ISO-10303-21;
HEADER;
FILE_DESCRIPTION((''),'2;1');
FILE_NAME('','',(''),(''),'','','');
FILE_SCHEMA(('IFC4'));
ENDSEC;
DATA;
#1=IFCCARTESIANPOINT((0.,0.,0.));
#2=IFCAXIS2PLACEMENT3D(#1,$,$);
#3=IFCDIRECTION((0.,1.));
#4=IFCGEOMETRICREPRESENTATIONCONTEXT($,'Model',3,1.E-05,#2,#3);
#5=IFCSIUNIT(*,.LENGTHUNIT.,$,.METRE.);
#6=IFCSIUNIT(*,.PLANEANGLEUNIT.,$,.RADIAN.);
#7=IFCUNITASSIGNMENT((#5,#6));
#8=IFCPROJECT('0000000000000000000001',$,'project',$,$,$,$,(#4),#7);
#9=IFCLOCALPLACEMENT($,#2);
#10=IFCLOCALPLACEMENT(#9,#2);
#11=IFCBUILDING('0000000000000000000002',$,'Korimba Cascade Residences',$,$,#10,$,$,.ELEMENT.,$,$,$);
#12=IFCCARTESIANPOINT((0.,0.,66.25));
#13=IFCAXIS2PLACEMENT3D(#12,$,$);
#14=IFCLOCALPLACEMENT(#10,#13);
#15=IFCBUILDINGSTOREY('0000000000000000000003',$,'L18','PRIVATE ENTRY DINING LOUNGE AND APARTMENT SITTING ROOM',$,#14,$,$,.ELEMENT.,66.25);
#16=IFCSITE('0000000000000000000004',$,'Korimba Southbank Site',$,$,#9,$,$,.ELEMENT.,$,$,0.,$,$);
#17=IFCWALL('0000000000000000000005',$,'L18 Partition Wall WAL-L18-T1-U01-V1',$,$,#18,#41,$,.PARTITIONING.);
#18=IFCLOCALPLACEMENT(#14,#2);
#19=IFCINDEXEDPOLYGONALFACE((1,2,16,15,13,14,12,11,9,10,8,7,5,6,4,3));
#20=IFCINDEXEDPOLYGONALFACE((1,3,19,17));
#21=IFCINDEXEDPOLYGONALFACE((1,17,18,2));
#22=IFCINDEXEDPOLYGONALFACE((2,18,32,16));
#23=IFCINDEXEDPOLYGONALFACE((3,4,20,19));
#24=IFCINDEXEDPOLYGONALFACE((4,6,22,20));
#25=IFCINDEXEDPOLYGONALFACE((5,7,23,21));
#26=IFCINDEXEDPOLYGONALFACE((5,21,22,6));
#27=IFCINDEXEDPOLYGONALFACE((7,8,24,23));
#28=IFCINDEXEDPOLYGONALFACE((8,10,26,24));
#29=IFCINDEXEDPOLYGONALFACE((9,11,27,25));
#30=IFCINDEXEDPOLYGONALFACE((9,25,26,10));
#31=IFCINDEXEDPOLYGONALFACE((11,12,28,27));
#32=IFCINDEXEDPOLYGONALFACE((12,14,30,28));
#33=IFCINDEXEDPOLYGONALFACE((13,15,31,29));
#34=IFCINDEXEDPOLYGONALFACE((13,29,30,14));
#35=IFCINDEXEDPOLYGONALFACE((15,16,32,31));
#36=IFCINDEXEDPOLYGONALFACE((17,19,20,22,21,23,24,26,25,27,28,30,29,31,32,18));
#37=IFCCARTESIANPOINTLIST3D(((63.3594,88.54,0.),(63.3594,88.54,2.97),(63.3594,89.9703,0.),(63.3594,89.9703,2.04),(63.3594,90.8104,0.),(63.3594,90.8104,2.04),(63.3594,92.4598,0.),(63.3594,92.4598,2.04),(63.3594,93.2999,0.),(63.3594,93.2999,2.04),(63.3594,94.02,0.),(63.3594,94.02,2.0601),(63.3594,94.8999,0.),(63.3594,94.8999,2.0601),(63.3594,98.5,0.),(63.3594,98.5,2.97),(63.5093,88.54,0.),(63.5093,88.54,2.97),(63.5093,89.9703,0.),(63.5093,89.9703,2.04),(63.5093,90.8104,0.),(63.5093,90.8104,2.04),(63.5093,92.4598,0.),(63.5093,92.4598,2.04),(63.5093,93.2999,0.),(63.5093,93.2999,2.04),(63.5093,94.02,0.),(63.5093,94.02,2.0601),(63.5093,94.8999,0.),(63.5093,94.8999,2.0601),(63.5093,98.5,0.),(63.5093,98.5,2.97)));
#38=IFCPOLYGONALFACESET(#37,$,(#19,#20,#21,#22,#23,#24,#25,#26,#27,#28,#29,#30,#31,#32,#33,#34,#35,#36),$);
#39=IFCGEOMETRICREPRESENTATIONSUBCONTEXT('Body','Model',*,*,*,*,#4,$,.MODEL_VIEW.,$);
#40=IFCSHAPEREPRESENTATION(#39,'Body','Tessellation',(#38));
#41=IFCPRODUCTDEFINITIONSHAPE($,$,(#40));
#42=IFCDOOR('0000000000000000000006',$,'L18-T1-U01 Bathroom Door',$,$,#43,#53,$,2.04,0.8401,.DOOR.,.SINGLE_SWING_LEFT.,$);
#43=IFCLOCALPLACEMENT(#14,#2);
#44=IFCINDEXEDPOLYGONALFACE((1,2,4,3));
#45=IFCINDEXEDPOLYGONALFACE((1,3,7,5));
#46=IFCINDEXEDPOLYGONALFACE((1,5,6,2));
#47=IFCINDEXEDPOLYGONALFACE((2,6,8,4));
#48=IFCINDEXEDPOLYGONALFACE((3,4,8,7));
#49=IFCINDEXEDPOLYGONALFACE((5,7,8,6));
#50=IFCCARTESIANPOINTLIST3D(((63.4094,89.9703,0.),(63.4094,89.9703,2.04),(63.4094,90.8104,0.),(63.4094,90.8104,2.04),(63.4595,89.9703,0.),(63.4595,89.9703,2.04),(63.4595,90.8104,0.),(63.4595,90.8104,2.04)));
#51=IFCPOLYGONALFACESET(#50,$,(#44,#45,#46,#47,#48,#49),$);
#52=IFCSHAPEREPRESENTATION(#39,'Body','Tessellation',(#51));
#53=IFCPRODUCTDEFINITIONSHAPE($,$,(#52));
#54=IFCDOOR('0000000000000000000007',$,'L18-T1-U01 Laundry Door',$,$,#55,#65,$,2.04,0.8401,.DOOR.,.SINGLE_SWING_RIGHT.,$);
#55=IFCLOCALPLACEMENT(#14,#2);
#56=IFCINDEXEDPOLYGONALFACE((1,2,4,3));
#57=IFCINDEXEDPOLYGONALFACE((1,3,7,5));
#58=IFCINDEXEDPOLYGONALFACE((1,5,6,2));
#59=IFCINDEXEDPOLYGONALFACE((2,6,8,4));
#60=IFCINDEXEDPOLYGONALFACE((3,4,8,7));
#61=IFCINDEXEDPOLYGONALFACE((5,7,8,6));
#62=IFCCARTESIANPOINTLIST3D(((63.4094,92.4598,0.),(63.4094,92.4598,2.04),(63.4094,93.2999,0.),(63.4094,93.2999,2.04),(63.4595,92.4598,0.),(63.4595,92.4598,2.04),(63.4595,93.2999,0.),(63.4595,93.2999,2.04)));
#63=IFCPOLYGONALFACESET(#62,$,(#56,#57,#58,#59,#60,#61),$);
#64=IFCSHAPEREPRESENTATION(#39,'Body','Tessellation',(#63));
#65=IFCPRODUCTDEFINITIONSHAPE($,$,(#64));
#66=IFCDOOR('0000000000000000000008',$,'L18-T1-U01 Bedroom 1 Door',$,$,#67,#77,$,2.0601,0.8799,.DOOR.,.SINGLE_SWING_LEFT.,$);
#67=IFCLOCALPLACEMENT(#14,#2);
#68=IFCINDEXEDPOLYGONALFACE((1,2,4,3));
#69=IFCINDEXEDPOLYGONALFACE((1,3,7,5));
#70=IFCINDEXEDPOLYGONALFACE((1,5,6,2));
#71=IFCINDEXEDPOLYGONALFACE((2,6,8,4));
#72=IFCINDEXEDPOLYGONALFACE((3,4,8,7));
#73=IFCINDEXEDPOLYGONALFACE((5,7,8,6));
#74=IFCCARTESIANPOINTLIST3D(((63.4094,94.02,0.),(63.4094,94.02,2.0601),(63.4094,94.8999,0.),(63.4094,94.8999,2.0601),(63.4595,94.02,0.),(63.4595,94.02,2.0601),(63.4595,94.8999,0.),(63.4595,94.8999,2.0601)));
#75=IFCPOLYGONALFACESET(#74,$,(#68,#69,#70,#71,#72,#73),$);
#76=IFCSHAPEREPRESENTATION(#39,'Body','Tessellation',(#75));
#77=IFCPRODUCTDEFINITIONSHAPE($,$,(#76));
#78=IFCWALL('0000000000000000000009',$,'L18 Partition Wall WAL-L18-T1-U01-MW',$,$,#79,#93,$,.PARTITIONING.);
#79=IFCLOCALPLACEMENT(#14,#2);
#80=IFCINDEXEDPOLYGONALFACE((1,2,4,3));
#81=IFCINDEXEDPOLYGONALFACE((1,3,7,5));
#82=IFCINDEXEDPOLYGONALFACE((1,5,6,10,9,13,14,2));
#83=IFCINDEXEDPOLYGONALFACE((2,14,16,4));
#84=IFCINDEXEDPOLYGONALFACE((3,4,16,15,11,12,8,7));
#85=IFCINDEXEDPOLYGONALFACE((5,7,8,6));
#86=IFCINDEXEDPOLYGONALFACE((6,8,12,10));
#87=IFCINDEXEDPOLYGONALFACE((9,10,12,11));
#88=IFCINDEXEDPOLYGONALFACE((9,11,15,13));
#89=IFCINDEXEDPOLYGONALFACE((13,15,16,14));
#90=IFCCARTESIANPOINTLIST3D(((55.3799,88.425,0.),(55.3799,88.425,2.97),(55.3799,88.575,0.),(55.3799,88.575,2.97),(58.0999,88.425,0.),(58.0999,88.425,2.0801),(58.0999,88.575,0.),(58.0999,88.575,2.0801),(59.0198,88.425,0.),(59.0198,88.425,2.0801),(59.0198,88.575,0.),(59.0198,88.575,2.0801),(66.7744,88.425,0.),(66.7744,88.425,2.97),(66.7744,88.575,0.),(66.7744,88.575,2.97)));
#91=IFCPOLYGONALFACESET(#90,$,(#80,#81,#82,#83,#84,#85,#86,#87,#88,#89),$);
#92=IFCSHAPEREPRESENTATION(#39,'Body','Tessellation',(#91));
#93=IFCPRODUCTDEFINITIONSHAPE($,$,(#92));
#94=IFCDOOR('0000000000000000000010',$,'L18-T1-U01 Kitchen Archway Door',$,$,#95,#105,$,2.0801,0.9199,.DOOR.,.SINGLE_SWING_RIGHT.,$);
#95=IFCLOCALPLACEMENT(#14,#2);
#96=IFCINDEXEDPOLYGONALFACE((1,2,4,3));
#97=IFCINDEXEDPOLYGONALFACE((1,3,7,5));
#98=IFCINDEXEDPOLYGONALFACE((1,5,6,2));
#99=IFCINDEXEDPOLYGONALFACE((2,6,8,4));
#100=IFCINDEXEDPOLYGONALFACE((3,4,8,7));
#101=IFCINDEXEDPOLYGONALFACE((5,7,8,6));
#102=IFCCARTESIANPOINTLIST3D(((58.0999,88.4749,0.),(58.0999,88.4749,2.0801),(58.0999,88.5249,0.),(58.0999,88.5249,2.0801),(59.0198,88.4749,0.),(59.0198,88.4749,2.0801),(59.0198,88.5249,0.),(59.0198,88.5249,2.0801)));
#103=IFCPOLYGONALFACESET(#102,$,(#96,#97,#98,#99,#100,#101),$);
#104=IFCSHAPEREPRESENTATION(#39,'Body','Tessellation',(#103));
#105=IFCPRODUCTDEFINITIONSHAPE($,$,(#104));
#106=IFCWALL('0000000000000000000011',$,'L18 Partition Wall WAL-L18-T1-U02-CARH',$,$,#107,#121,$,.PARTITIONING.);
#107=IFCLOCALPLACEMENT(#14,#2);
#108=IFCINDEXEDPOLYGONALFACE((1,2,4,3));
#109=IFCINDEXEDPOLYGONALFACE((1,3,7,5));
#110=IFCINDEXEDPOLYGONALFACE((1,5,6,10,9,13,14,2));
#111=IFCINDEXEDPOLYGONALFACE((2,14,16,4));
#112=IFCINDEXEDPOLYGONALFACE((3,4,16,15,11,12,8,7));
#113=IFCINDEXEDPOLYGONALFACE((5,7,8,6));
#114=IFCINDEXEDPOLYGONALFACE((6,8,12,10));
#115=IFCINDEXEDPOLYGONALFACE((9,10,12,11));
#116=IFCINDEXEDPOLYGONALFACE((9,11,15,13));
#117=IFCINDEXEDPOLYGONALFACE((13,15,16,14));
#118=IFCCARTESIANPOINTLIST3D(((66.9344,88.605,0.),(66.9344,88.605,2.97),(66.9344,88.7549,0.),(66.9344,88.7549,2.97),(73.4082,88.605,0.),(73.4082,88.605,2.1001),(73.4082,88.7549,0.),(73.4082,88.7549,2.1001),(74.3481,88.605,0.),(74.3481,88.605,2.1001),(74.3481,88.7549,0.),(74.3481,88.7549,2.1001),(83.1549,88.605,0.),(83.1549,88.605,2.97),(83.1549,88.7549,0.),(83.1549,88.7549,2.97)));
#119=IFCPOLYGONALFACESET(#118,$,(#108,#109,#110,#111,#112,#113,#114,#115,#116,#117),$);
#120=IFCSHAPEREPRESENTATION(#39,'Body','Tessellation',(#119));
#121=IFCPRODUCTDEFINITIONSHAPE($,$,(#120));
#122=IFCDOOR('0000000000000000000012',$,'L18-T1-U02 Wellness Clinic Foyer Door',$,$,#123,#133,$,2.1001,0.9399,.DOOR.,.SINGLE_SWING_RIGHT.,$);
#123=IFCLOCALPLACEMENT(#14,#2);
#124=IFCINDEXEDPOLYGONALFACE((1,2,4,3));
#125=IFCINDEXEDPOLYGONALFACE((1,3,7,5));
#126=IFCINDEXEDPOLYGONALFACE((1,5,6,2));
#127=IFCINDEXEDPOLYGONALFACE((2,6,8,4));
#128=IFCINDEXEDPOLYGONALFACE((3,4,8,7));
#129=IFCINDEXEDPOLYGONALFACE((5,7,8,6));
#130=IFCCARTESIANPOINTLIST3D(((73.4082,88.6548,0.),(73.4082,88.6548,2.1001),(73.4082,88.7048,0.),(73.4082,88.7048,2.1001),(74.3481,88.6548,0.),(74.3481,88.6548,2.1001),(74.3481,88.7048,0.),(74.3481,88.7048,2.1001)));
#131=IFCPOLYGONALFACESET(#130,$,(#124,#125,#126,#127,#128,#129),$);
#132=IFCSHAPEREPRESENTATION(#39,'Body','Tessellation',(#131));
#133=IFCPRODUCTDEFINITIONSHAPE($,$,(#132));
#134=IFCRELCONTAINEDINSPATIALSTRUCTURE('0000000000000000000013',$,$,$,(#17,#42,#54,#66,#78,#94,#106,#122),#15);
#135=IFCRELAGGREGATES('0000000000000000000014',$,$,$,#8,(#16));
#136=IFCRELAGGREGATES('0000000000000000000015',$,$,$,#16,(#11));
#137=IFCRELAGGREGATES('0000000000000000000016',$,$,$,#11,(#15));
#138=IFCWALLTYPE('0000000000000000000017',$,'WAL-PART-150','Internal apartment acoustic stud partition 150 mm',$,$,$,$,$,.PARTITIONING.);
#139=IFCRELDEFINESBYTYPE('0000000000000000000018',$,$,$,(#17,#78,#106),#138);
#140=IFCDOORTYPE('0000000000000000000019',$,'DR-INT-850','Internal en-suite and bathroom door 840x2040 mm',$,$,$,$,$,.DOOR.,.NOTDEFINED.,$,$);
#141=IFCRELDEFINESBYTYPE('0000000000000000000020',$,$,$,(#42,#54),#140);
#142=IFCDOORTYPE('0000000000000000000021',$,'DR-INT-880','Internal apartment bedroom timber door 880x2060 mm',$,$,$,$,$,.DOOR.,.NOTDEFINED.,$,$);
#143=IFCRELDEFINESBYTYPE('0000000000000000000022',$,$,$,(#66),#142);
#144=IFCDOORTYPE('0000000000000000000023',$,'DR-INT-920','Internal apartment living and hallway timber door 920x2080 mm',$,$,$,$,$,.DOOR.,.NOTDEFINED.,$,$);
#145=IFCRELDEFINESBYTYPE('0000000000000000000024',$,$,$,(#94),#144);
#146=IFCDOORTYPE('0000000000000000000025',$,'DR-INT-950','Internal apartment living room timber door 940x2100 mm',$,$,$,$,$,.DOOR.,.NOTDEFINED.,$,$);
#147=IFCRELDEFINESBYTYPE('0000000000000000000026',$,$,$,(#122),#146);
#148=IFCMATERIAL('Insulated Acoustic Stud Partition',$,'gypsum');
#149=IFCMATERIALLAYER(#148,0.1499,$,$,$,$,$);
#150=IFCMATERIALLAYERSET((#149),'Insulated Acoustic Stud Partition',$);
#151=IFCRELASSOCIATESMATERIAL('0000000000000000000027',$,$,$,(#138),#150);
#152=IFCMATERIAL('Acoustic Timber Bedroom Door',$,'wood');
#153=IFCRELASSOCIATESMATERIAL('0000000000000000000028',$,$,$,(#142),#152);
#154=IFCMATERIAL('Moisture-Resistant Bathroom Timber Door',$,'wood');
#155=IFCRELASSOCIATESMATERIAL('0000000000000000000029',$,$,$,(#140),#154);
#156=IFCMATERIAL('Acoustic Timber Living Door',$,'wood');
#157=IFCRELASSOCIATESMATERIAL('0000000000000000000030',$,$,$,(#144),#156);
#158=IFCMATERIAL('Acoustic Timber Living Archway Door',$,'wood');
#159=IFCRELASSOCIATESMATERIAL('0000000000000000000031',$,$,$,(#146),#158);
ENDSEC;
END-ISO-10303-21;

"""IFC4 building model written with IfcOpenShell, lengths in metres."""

from ifc_helpers import new_model, si_unit, direction, frame, frame_2d, origin, place, context, subcontext, project, spatial, rectangle, extrude, material, layer, layer_set, type_object, element, fill, save


model = new_model("IFC4")

# Units and contexts
model_context = context("Model", 3, precision=1e-05, world=origin(), true_north=direction((0.0, 1.0)))
body_context = subcontext(model_context, "Body", "Model", "MODEL_VIEW")
ifc_project = project(units=[si_unit("LENGTHUNIT", "METRE"), si_unit("PLANEANGLEUNIT", "RADIAN")], contexts=[model_context])

# Site, building, storey
site_placement = place(None, origin())
site = spatial("IfcSite", under=ifc_project, at=site_placement, Name="Korimba Southbank Site", CompositionType="ELEMENT", RefElevation=0.0)
building_placement = place(site_placement, origin())
building = spatial("IfcBuilding", under=site, at=building_placement, Name="Korimba Cascade Residences", CompositionType="ELEMENT")
storey_placement = place(building_placement, frame((0.0, 0.0, 66.25)))
storey = spatial("IfcBuildingStorey", under=building, at=storey_placement, Name="L18", Description="PRIVATE ENTRY DINING LOUNGE AND APARTMENT SITTING ROOM", CompositionType="ELEMENT", Elevation=66.25)

# Shared definitions
ifc_material_1 = material(Name="Insulated Acoustic Stud Partition", Category="gypsum")
ifc_layer_1 = layer(ifc_material_1, 0.1499)
ifc_layer_set_1 = layer_set([ifc_layer_1], Name="Insulated Acoustic Stud Partition")
wall_type_1 = type_object("IfcWallType", Name="WAL-PART-150", Description="Internal apartment acoustic stud partition 150 mm", PredefinedType="PARTITIONING", material=ifc_layer_set_1)
ifc_material_2 = material(Name="Acoustic Timber Bedroom Door", Category="wood")
door_type_1 = type_object("IfcDoorType", Name="DR-INT-880", Description="Internal apartment bedroom timber door 880x2060 mm", OperationType="NOTDEFINED", PredefinedType="DOOR", material=ifc_material_2)

# Wall, openings, doors
wall_1_placement = place(storey_placement, frame((63.4343, 88.54, 0.0), z_axis=(0.0, 0.0, 1.0), x_axis=(0.0, 1.0, 0.0)))
wall_1 = element("IfcWall", 1, at=wall_1_placement, inside=storey, type_object=wall_type_1, Name="L18 Partition Wall WAL-L18-T1-U01-V1", PredefinedType="PARTITIONING", context=body_context, shape_type="SweptSolid", body=[
    extrude(rectangle(XDim=9.96, YDim=0.1499, at=frame_2d((4.98, 0.0))), origin(), (0.0, 0.0, 1.0), 2.97),
])
opening_1_placement = place(wall_1_placement, frame((1.4304, 0.0, 0.0)))
opening_1 = element("IfcOpeningElement", 2, at=opening_1_placement, cuts=wall_1, PredefinedType="OPENING", context=body_context, shape_type="SweptSolid", body=[
    extrude(rectangle(XDim=0.8401, YDim=2.04, at=frame_2d((0.4199, 1.02))), frame((0.0, 0.085, 0.0), z_axis=(0.0, -1.0, 0.0), x_axis=(1.0, 0.0, 0.0)), (0.0, 0.0, 1.0), 0.1699),
])
opening_2_placement = place(wall_1_placement, frame((3.9199, 0.0, 0.0)))
opening_2 = element("IfcOpeningElement", 3, at=opening_2_placement, cuts=wall_1, PredefinedType="OPENING", context=body_context, shape_type="SweptSolid", body=[
    extrude(rectangle(XDim=0.8401, YDim=2.04, at=frame_2d((0.4199, 1.02))), frame((0.0, 0.085, 0.0), z_axis=(0.0, -1.0, 0.0), x_axis=(1.0, 0.0, 0.0)), (0.0, 0.0, 1.0), 0.1699),
])
opening_3_placement = place(wall_1_placement, frame((5.48, 0.0, 0.0)))
opening_3 = element("IfcOpeningElement", 4, at=opening_3_placement, cuts=wall_1, PredefinedType="OPENING", context=body_context, shape_type="SweptSolid", body=[
    extrude(rectangle(XDim=0.8799, YDim=2.0601, at=frame_2d((0.4399, 1.03))), frame((0.0, 0.085, 0.0), z_axis=(0.0, -1.0, 0.0), x_axis=(1.0, 0.0, 0.0)), (0.0, 0.0, 1.0), 0.1699),
])
ifc_material_3 = material(Name="Moisture-Resistant Bathroom Timber Door", Category="wood")
door_type_2 = type_object("IfcDoorType", Name="DR-INT-850", Description="Internal en-suite and bathroom door 840x2040 mm", OperationType="NOTDEFINED", PredefinedType="DOOR", material=ifc_material_3)
door_1_placement = place(opening_1_placement, origin())
door_1 = element("IfcDoor", 5, at=door_1_placement, inside=storey, type_object=door_type_2, Name="L18-T1-U01 Bathroom Door", OperationType="SINGLE_SWING_LEFT", OverallHeight=2.04, OverallWidth=0.8401, PredefinedType="DOOR", context=body_context, shape_type="SweptSolid", body=[
    extrude(rectangle(XDim=0.8401, YDim=2.04, at=frame_2d((0.4199, 1.02))), frame((0.0, 0.0249, 0.0), z_axis=(0.0, -1.0, 0.0), x_axis=(1.0, 0.0, 0.0)), (0.0, 0.0, 1.0), 0.05),
])
fill(opening_1, door_1)
door_2_placement = place(opening_2_placement, origin())
door_2 = element("IfcDoor", 6, at=door_2_placement, inside=storey, type_object=door_type_2, Name="L18-T1-U01 Laundry Door", OperationType="SINGLE_SWING_RIGHT", OverallHeight=2.04, OverallWidth=0.8401, PredefinedType="DOOR", context=body_context, shape_type="SweptSolid", body=[
    extrude(rectangle(XDim=0.8401, YDim=2.04, at=frame_2d((0.4199, 1.02))), frame((0.0, 0.0249, 0.0), z_axis=(0.0, -1.0, 0.0), x_axis=(1.0, 0.0, 0.0)), (0.0, 0.0, 1.0), 0.05),
])
fill(opening_2, door_2)
door_3_placement = place(opening_3_placement, origin())
door_3 = element("IfcDoor", 7, at=door_3_placement, inside=storey, type_object=door_type_1, Name="L18-T1-U01 Bedroom 1 Door", OperationType="SINGLE_SWING_LEFT", OverallHeight=2.0601, OverallWidth=0.8799, PredefinedType="DOOR", context=body_context, shape_type="SweptSolid", body=[
    extrude(rectangle(XDim=0.8799, YDim=2.0601, at=frame_2d((0.4399, 1.03))), frame((0.0, 0.0249, 0.0), z_axis=(0.0, -1.0, 0.0), x_axis=(1.0, 0.0, 0.0)), (0.0, 0.0, 1.0), 0.05),
])
fill(opening_3, door_3)

# Walls, openings, doors
wall_2_placement = place(storey_placement, frame((55.3799, 88.5, 0.0), z_axis=(0.0, 0.0, 1.0), x_axis=(1.0, 0.0, 0.0)))
wall_2 = element("IfcWall", 8, at=wall_2_placement, inside=storey, type_object=wall_type_1, Name="L18 Partition Wall WAL-L18-T1-U01-MW", PredefinedType="PARTITIONING", context=body_context, shape_type="SweptSolid", body=[
    extrude(rectangle(XDim=11.3945, YDim=0.1499, at=frame_2d((5.6973, 0.0))), origin(), (0.0, 0.0, 1.0), 2.97),
])
opening_4_placement = place(wall_2_placement, frame((2.72, 0.0, 0.0)))
opening_4 = element("IfcOpeningElement", 9, at=opening_4_placement, cuts=wall_2, PredefinedType="OPENING", context=body_context, shape_type="SweptSolid", body=[
    extrude(rectangle(XDim=0.9199, YDim=2.0801, at=frame_2d((0.46, 1.04))), frame((0.0, 0.085, 0.0), z_axis=(0.0, -1.0, 0.0), x_axis=(1.0, 0.0, 0.0)), (0.0, 0.0, 1.0), 0.1699),
])
ifc_material_4 = material(Name="Acoustic Timber Living Door", Category="wood")
door_type_3 = type_object("IfcDoorType", Name="DR-INT-920", Description="Internal apartment living and hallway timber door 920x2080 mm", OperationType="NOTDEFINED", PredefinedType="DOOR", material=ifc_material_4)
door_4_placement = place(opening_4_placement, origin())
door_4 = element("IfcDoor", 10, at=door_4_placement, inside=storey, type_object=door_type_3, Name="L18-T1-U01 Kitchen Archway Door", OperationType="SINGLE_SWING_RIGHT", OverallHeight=2.0801, OverallWidth=0.9199, PredefinedType="DOOR", context=body_context, shape_type="SweptSolid", body=[
    extrude(rectangle(XDim=0.9199, YDim=2.0801, at=frame_2d((0.46, 1.04))), frame((0.0, 0.0249, 0.0), z_axis=(0.0, -1.0, 0.0), x_axis=(1.0, 0.0, 0.0)), (0.0, 0.0, 1.0), 0.05),
])
fill(opening_4, door_4)
wall_3_placement = place(storey_placement, frame((66.9343, 88.6799, 0.0), z_axis=(0.0, 0.0, 1.0), x_axis=(1.0, 0.0, 0.0)))
wall_3 = element("IfcWall", 11, at=wall_3_placement, inside=storey, type_object=wall_type_1, Name="L18 Partition Wall WAL-L18-T1-U02-CARH", PredefinedType="PARTITIONING", context=body_context, shape_type="SweptSolid", body=[
    extrude(rectangle(XDim=16.2205, YDim=0.1499, at=frame_2d((8.1104, 0.0))), origin(), (0.0, 0.0, 1.0), 2.97),
])
opening_5_placement = place(wall_3_placement, frame((6.4739, 0.0, 0.0)))
opening_5 = element("IfcOpeningElement", 12, at=opening_5_placement, cuts=wall_3, PredefinedType="OPENING", context=body_context, shape_type="SweptSolid", body=[
    extrude(rectangle(XDim=0.9399, YDim=2.1001, at=frame_2d((0.47, 1.05))), frame((0.0, 0.085, 0.0), z_axis=(0.0, -1.0, 0.0), x_axis=(1.0, 0.0, 0.0)), (0.0, 0.0, 1.0), 0.1699),
])
ifc_material_5 = material(Name="Acoustic Timber Living Archway Door", Category="wood")
door_type_4 = type_object("IfcDoorType", Name="DR-INT-950", Description="Internal apartment living room timber door 940x2100 mm", OperationType="NOTDEFINED", PredefinedType="DOOR", material=ifc_material_5)
door_5_placement = place(opening_5_placement, origin())
door_5 = element("IfcDoor", 13, at=door_5_placement, inside=storey, type_object=door_type_4, Name="L18-T1-U02 Wellness Clinic Foyer Door", OperationType="SINGLE_SWING_RIGHT", OverallHeight=2.1001, OverallWidth=0.9399, PredefinedType="DOOR", context=body_context, shape_type="SweptSolid", body=[
    extrude(rectangle(XDim=0.9399, YDim=2.1001, at=frame_2d((0.47, 1.05))), frame((0.0, 0.0249, 0.0), z_axis=(0.0, -1.0, 0.0), x_axis=(1.0, 0.0, 0.0)), (0.0, 0.0, 1.0), 0.05),
])
fill(opening_5, door_5)

save(model, "model.ifc")
